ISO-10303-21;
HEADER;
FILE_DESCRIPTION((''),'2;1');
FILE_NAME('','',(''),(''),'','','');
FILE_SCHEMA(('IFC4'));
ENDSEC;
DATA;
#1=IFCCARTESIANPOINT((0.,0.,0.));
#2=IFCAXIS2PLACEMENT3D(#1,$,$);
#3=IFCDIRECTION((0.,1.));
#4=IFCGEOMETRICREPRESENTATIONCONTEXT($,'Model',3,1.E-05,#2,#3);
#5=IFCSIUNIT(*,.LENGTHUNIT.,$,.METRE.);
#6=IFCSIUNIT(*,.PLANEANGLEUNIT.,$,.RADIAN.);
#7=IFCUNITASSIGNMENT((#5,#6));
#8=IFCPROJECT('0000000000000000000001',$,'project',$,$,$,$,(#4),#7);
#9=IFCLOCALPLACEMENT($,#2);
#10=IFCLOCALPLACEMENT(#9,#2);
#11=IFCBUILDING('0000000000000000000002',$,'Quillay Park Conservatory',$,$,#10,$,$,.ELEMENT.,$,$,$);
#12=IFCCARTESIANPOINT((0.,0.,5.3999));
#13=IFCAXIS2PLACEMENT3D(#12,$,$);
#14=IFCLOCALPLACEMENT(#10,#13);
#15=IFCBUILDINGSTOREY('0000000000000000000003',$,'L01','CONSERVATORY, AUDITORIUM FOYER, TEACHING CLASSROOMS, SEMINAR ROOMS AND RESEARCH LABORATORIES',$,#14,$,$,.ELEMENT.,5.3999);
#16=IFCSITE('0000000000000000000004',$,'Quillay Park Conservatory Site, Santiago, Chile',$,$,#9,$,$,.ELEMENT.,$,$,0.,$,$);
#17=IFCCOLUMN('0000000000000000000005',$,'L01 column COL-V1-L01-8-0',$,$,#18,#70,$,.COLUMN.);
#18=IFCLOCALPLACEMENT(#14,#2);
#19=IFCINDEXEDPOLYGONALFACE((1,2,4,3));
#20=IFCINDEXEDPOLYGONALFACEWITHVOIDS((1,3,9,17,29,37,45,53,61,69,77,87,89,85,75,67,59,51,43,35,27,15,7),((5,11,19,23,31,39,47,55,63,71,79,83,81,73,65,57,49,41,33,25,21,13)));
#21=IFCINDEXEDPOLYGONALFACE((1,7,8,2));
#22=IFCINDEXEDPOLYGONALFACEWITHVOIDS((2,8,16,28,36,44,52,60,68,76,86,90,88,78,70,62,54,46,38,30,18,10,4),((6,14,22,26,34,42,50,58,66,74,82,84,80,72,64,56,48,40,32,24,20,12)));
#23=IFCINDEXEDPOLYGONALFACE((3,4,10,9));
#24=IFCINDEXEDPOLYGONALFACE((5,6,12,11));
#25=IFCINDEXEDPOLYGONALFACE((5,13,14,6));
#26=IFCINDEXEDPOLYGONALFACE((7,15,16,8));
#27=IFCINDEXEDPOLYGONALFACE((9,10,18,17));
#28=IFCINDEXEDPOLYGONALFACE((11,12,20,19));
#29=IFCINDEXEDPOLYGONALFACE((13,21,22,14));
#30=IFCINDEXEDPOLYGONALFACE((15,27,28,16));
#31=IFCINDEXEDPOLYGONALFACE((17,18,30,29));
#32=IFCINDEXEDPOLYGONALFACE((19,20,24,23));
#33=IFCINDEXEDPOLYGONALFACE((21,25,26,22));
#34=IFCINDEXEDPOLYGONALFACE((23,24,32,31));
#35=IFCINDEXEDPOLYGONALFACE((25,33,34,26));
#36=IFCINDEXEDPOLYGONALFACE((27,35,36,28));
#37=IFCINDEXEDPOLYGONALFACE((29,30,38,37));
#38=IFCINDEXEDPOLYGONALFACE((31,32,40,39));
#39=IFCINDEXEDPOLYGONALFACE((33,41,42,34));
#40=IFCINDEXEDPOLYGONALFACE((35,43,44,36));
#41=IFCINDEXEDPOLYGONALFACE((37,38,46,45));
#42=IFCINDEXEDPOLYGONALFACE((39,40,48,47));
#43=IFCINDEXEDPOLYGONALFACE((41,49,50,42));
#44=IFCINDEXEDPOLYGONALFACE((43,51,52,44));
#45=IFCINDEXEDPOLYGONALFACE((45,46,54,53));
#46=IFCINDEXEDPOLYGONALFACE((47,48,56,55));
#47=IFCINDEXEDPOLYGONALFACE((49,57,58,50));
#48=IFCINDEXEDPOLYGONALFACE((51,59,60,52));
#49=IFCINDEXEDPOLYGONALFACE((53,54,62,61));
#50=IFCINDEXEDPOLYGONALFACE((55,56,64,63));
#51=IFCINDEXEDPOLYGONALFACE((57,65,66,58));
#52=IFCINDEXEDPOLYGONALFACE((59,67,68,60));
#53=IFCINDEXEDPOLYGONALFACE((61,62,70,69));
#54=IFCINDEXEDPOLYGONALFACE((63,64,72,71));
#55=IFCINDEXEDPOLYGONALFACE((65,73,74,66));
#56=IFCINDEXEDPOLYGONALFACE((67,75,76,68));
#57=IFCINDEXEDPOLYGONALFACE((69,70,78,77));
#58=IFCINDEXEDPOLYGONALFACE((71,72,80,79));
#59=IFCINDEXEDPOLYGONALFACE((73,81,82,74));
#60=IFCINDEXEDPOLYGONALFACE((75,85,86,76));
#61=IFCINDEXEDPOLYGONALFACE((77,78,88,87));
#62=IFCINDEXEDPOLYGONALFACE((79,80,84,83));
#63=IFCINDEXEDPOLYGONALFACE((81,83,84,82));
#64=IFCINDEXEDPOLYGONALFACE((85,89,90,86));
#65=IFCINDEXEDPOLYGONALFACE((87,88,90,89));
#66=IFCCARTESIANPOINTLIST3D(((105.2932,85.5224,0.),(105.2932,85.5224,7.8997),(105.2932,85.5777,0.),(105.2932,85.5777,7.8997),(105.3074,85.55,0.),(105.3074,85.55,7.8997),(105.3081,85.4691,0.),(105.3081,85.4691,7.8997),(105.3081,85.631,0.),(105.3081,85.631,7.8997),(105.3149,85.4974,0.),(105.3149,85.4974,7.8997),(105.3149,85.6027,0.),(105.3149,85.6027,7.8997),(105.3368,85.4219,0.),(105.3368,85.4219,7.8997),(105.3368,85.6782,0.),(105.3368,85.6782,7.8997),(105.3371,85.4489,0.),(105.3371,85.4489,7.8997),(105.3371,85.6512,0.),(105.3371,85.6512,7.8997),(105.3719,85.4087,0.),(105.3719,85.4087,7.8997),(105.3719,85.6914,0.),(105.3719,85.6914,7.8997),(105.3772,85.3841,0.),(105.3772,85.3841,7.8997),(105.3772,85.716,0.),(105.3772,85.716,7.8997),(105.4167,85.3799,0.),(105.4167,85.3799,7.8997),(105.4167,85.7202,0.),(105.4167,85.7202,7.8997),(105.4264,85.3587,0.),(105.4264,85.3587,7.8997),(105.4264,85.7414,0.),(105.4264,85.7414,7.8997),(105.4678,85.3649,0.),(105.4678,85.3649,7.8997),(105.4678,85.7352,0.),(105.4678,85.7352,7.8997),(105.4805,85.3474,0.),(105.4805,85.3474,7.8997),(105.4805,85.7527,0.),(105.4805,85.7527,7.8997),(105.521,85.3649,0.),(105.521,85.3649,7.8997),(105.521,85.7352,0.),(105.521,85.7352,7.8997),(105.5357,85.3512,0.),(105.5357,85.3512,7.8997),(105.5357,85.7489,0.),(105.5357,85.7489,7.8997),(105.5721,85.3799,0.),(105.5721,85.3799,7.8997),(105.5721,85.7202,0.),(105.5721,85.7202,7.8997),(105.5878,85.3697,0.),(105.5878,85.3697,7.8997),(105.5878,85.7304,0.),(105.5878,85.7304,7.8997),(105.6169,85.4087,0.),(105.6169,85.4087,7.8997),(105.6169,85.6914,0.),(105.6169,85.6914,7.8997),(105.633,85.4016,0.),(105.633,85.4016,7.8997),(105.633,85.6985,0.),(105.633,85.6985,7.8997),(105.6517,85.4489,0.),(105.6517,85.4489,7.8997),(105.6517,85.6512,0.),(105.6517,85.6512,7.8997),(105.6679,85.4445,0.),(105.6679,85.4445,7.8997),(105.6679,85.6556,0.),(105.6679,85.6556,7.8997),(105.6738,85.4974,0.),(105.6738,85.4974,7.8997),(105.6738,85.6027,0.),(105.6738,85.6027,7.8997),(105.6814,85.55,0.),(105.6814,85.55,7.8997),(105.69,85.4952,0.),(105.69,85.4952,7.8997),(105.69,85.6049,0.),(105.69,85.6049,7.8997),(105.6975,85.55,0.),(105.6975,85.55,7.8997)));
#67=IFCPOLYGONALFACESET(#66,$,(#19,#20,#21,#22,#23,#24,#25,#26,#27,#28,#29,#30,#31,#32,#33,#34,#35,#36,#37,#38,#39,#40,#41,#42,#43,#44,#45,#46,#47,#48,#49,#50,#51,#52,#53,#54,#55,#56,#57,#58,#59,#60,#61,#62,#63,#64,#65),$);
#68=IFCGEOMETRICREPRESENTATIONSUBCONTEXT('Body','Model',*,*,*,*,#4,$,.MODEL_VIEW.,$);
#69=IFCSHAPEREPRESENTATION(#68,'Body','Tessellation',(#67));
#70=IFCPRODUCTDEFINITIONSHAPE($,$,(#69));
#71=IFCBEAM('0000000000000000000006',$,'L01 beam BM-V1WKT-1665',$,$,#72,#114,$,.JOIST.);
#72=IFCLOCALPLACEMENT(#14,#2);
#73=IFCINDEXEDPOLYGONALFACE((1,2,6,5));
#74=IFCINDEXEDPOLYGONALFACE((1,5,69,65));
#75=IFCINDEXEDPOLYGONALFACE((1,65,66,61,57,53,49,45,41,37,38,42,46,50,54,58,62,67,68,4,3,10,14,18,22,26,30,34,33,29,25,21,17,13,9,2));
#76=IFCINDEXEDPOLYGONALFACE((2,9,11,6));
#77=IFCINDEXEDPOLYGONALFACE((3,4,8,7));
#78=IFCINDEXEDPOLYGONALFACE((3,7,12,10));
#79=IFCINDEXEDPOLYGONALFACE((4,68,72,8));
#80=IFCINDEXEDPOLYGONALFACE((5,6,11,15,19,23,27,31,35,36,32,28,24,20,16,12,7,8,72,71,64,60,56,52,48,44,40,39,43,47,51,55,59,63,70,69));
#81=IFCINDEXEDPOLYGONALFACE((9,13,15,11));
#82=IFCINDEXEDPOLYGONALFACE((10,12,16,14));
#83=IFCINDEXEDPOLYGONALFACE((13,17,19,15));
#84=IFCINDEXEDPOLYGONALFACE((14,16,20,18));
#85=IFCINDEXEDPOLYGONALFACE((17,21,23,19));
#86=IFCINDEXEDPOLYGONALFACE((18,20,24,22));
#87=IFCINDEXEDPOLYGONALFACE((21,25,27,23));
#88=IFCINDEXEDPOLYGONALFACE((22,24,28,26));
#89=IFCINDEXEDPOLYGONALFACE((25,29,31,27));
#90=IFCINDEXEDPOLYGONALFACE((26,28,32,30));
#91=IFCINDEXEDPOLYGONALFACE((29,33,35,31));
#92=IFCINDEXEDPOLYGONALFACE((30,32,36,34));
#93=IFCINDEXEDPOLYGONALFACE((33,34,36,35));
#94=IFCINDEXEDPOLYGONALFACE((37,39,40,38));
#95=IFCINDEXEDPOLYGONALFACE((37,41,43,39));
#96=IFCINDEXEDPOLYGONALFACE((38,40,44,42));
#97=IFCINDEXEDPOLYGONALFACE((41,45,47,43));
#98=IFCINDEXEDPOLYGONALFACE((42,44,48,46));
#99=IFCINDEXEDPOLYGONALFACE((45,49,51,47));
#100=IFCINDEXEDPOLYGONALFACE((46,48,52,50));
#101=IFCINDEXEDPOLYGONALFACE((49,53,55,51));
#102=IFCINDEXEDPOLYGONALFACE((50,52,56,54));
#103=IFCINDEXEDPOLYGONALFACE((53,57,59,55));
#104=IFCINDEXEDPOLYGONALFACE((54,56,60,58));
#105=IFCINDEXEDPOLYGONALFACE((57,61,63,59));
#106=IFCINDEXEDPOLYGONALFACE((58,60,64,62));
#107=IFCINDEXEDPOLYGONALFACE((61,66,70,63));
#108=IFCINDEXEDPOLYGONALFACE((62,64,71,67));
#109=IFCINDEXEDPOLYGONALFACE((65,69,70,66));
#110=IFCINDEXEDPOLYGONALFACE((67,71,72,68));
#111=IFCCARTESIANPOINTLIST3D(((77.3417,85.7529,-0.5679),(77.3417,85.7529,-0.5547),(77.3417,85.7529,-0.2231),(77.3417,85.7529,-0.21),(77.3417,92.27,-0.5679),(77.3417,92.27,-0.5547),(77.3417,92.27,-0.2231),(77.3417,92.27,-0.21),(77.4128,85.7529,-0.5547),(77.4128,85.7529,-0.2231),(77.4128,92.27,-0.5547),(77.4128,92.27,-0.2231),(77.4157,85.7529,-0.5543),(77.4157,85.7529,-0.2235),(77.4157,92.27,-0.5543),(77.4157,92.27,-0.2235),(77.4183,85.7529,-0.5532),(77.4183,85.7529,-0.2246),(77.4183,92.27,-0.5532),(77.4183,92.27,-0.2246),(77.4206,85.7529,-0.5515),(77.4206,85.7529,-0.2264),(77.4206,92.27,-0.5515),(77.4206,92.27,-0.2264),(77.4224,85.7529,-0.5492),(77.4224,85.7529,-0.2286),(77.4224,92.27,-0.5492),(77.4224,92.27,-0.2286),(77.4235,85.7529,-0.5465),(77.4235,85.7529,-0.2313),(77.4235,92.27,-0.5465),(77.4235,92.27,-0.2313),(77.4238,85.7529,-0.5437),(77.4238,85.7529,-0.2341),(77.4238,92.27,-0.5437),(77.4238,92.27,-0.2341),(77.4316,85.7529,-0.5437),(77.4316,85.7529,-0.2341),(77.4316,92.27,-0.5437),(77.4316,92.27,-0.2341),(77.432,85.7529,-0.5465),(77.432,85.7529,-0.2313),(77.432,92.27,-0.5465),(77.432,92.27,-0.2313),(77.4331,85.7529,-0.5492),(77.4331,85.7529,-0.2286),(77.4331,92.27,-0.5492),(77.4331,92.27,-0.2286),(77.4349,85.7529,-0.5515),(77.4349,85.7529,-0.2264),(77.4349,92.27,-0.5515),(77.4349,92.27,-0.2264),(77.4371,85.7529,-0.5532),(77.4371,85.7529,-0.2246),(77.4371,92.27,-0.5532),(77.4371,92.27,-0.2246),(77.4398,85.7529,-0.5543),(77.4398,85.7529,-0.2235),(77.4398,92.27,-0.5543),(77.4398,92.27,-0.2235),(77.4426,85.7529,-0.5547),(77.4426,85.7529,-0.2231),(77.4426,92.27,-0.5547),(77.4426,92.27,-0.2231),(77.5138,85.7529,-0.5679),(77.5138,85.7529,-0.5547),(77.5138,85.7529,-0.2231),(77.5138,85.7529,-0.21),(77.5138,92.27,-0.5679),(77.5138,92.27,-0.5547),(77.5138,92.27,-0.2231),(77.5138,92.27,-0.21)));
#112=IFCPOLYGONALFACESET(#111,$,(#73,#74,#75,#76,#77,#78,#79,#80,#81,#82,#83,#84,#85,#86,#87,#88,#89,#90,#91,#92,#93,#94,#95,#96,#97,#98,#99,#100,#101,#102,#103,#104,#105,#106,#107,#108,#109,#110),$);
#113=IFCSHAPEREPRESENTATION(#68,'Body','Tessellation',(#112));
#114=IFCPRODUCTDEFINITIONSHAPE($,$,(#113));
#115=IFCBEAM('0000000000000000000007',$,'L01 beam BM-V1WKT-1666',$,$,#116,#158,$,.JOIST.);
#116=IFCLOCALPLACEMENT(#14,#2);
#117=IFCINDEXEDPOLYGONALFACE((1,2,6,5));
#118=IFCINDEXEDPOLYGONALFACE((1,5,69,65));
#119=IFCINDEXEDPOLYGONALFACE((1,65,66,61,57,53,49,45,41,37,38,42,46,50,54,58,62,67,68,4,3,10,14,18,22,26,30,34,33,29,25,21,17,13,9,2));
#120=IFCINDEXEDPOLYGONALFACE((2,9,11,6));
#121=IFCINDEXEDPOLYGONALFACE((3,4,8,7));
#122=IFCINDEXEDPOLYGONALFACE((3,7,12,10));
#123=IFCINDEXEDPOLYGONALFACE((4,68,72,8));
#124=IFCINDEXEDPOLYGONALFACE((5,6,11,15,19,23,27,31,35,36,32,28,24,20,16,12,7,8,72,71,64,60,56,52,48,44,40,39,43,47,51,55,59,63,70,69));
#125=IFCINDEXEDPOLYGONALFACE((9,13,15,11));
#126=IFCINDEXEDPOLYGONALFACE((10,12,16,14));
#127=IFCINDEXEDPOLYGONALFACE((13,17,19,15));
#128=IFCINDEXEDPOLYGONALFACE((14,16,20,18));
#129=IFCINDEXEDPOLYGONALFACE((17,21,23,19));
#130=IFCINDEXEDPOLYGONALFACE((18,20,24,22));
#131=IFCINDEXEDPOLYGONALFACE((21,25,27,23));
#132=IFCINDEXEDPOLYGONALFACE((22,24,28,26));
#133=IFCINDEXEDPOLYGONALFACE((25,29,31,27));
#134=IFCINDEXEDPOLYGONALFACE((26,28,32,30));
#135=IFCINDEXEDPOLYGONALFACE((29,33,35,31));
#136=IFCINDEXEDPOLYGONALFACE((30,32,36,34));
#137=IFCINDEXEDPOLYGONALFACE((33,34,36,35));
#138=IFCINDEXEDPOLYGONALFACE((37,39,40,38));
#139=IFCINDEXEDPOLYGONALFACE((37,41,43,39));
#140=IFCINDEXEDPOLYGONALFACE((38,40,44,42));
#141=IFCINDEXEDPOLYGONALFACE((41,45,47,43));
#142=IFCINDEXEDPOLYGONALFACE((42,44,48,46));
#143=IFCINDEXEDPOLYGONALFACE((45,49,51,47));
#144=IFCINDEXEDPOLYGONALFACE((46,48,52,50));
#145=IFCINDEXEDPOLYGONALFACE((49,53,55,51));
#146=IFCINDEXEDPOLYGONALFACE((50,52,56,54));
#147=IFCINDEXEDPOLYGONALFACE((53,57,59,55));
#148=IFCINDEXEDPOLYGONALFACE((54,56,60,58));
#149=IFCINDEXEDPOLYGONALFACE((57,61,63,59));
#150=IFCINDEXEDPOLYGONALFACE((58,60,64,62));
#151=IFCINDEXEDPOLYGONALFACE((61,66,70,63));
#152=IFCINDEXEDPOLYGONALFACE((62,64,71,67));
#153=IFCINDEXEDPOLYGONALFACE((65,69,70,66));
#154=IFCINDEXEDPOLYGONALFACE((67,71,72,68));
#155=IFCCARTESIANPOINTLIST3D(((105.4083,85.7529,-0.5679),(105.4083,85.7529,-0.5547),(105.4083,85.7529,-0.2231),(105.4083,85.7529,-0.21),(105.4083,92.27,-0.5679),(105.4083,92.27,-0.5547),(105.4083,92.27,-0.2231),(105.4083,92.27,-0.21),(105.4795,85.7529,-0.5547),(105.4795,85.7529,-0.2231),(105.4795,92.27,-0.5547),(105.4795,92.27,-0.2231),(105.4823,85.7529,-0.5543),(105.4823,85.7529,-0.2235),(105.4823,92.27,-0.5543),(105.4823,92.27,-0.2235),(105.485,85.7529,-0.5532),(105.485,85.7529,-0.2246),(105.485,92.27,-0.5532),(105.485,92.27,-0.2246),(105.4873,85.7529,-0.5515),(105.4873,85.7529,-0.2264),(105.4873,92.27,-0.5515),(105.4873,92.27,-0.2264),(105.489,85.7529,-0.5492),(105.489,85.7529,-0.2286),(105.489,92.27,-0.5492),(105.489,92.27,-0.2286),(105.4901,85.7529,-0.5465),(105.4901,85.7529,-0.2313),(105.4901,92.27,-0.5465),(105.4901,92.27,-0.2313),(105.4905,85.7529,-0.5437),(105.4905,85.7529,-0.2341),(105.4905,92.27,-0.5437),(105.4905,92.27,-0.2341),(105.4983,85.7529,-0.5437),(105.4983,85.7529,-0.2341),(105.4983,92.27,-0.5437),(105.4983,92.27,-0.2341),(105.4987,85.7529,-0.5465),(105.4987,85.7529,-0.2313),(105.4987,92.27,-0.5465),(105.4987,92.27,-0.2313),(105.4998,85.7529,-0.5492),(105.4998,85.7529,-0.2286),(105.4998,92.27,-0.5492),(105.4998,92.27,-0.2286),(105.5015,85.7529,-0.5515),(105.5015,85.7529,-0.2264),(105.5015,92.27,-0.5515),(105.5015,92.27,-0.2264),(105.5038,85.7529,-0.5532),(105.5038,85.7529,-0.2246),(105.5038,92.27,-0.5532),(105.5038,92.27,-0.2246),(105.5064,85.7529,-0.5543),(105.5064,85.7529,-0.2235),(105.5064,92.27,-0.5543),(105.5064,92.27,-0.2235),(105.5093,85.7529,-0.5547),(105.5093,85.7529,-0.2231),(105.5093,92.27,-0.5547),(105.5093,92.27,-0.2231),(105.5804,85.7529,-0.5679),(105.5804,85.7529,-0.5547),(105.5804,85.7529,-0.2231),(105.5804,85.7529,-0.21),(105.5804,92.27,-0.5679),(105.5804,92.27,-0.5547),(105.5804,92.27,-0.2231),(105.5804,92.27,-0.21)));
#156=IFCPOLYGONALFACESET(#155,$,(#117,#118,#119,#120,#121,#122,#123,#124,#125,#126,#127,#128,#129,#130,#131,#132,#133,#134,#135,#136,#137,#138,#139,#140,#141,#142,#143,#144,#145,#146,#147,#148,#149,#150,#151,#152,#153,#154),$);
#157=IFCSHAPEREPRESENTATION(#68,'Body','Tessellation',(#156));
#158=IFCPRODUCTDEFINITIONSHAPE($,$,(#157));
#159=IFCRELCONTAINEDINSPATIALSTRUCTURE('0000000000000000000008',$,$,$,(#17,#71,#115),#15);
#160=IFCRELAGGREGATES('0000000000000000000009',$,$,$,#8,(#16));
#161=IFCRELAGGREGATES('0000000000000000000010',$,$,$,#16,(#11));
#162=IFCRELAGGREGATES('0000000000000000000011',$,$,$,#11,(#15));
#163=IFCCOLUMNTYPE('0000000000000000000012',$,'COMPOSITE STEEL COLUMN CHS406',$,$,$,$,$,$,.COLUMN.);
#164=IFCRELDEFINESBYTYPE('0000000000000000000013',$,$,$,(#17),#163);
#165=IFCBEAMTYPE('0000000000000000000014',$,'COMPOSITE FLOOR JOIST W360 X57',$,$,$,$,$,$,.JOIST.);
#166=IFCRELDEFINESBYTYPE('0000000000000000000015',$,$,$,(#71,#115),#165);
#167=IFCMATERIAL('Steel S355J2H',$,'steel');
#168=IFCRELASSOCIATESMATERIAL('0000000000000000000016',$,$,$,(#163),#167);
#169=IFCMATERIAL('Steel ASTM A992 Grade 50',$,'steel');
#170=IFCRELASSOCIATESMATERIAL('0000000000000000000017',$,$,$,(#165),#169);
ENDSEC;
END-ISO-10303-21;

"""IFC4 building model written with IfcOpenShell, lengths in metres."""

from ifc_helpers import new_model, si_unit, direction, frame, origin, origin_2d, place, context, subcontext, project, spatial, hollow_circle, i_section, extrude, material, material_profile, profile_set, type_object, element, save


model = new_model("IFC4")

# Units and contexts
model_context = context("Model", 3, precision=1e-05, world=origin(), true_north=direction((0.0, 1.0)))
body_context = subcontext(model_context, "Body", "Model", "MODEL_VIEW")
ifc_project = project(units=[si_unit("LENGTHUNIT", "METRE"), si_unit("PLANEANGLEUNIT", "RADIAN")], contexts=[model_context])

# Site, building, storey
site_placement = place(None, origin())
site = spatial("IfcSite", under=ifc_project, at=site_placement, Name="Quillay Park Conservatory Site, Santiago, Chile", CompositionType="ELEMENT", RefElevation=0.0)
building_placement = place(site_placement, origin())
building = spatial("IfcBuilding", under=site, at=building_placement, Name="Quillay Park Conservatory", CompositionType="ELEMENT")
storey_placement = place(building_placement, frame((0.0, 0.0, 5.3999)))
storey = spatial("IfcBuildingStorey", under=building, at=storey_placement, Name="L01", Description="CONSERVATORY, AUDITORIUM FOYER, TEACHING CLASSROOMS, SEMINAR ROOMS AND RESEARCH LABORATORIES", CompositionType="ELEMENT", Elevation=5.3999)

# Column
ifc_material_1 = material(Name="Steel S355J2H", Category="steel")
ifc_material_profile_1 = material_profile(ifc_material_1, hollow_circle(Radius=0.2031, WallThickness=0.0161, at=origin_2d()), Name="CHS406.4x16")
ifc_profile_set_1 = profile_set([ifc_material_profile_1], Name="Steel S355J2H")
column_type = type_object("IfcColumnType", Name="COMPOSITE STEEL COLUMN CHS406", PredefinedType="COLUMN", material=ifc_profile_set_1)
column_1_placement = place(storey_placement, frame((105.4944, 85.55, 0.0), z_axis=(0.0, 0.0, 1.0), x_axis=(1.0, 0.0, 0.0)))
element("IfcColumn", 1, at=column_1_placement, inside=storey, type_object=column_type, Name="L01 column COL-V1-L01-8-0", PredefinedType="COLUMN", context=body_context, shape_type="SweptSolid", body=[
    extrude(hollow_circle(Radius=0.2031, WallThickness=0.0161, at=origin_2d()), origin(), (0.0, 0.0, 1.0), 7.8997),
])

# Beams
ifc_material_2 = material(Name="Steel ASTM A992 Grade 50", Category="steel")
ifc_material_profile_2 = material_profile(ifc_material_2, i_section(OverallWidth=0.1721, OverallDepth=0.3579, WebThickness=0.0078, FlangeThickness=0.0132, FilletRadius=0.011, at=origin_2d()), Name="W360x57")
ifc_profile_set_2 = profile_set([ifc_material_profile_2], Name="Steel ASTM A992 Grade 50")
beam_type_1 = type_object("IfcBeamType", Name="COMPOSITE FLOOR JOIST W360 X57", PredefinedType="JOIST", material=ifc_profile_set_2)
for number, where, z_axis, x_axis, name in (
    (2, (77.4277, 85.7529, -0.3889), (0.0, 1.0, 0.0), (-1.0, 0.0, 0.0), "L01 beam BM-V1WKT-1665"),
    (3, (105.4944, 85.7529, -0.3889), (0.0, 1.0, 0.0), (-1.0, 0.0, 0.0), "L01 beam BM-V1WKT-1666"),
):
    element("IfcBeam", number, at=place(storey_placement, frame(where, z_axis=z_axis, x_axis=x_axis)), inside=storey, type_object=beam_type_1, Name=name, PredefinedType="JOIST", context=body_context, shape_type="SweptSolid", body=[
        extrude(i_section(OverallWidth=0.1721, OverallDepth=0.3579, WebThickness=0.0078, FlangeThickness=0.0132, FilletRadius=0.011, at=origin_2d()), origin(), (0.0, 0.0, 1.0), 6.5171),
    ])

save(model, "model.ifc")
